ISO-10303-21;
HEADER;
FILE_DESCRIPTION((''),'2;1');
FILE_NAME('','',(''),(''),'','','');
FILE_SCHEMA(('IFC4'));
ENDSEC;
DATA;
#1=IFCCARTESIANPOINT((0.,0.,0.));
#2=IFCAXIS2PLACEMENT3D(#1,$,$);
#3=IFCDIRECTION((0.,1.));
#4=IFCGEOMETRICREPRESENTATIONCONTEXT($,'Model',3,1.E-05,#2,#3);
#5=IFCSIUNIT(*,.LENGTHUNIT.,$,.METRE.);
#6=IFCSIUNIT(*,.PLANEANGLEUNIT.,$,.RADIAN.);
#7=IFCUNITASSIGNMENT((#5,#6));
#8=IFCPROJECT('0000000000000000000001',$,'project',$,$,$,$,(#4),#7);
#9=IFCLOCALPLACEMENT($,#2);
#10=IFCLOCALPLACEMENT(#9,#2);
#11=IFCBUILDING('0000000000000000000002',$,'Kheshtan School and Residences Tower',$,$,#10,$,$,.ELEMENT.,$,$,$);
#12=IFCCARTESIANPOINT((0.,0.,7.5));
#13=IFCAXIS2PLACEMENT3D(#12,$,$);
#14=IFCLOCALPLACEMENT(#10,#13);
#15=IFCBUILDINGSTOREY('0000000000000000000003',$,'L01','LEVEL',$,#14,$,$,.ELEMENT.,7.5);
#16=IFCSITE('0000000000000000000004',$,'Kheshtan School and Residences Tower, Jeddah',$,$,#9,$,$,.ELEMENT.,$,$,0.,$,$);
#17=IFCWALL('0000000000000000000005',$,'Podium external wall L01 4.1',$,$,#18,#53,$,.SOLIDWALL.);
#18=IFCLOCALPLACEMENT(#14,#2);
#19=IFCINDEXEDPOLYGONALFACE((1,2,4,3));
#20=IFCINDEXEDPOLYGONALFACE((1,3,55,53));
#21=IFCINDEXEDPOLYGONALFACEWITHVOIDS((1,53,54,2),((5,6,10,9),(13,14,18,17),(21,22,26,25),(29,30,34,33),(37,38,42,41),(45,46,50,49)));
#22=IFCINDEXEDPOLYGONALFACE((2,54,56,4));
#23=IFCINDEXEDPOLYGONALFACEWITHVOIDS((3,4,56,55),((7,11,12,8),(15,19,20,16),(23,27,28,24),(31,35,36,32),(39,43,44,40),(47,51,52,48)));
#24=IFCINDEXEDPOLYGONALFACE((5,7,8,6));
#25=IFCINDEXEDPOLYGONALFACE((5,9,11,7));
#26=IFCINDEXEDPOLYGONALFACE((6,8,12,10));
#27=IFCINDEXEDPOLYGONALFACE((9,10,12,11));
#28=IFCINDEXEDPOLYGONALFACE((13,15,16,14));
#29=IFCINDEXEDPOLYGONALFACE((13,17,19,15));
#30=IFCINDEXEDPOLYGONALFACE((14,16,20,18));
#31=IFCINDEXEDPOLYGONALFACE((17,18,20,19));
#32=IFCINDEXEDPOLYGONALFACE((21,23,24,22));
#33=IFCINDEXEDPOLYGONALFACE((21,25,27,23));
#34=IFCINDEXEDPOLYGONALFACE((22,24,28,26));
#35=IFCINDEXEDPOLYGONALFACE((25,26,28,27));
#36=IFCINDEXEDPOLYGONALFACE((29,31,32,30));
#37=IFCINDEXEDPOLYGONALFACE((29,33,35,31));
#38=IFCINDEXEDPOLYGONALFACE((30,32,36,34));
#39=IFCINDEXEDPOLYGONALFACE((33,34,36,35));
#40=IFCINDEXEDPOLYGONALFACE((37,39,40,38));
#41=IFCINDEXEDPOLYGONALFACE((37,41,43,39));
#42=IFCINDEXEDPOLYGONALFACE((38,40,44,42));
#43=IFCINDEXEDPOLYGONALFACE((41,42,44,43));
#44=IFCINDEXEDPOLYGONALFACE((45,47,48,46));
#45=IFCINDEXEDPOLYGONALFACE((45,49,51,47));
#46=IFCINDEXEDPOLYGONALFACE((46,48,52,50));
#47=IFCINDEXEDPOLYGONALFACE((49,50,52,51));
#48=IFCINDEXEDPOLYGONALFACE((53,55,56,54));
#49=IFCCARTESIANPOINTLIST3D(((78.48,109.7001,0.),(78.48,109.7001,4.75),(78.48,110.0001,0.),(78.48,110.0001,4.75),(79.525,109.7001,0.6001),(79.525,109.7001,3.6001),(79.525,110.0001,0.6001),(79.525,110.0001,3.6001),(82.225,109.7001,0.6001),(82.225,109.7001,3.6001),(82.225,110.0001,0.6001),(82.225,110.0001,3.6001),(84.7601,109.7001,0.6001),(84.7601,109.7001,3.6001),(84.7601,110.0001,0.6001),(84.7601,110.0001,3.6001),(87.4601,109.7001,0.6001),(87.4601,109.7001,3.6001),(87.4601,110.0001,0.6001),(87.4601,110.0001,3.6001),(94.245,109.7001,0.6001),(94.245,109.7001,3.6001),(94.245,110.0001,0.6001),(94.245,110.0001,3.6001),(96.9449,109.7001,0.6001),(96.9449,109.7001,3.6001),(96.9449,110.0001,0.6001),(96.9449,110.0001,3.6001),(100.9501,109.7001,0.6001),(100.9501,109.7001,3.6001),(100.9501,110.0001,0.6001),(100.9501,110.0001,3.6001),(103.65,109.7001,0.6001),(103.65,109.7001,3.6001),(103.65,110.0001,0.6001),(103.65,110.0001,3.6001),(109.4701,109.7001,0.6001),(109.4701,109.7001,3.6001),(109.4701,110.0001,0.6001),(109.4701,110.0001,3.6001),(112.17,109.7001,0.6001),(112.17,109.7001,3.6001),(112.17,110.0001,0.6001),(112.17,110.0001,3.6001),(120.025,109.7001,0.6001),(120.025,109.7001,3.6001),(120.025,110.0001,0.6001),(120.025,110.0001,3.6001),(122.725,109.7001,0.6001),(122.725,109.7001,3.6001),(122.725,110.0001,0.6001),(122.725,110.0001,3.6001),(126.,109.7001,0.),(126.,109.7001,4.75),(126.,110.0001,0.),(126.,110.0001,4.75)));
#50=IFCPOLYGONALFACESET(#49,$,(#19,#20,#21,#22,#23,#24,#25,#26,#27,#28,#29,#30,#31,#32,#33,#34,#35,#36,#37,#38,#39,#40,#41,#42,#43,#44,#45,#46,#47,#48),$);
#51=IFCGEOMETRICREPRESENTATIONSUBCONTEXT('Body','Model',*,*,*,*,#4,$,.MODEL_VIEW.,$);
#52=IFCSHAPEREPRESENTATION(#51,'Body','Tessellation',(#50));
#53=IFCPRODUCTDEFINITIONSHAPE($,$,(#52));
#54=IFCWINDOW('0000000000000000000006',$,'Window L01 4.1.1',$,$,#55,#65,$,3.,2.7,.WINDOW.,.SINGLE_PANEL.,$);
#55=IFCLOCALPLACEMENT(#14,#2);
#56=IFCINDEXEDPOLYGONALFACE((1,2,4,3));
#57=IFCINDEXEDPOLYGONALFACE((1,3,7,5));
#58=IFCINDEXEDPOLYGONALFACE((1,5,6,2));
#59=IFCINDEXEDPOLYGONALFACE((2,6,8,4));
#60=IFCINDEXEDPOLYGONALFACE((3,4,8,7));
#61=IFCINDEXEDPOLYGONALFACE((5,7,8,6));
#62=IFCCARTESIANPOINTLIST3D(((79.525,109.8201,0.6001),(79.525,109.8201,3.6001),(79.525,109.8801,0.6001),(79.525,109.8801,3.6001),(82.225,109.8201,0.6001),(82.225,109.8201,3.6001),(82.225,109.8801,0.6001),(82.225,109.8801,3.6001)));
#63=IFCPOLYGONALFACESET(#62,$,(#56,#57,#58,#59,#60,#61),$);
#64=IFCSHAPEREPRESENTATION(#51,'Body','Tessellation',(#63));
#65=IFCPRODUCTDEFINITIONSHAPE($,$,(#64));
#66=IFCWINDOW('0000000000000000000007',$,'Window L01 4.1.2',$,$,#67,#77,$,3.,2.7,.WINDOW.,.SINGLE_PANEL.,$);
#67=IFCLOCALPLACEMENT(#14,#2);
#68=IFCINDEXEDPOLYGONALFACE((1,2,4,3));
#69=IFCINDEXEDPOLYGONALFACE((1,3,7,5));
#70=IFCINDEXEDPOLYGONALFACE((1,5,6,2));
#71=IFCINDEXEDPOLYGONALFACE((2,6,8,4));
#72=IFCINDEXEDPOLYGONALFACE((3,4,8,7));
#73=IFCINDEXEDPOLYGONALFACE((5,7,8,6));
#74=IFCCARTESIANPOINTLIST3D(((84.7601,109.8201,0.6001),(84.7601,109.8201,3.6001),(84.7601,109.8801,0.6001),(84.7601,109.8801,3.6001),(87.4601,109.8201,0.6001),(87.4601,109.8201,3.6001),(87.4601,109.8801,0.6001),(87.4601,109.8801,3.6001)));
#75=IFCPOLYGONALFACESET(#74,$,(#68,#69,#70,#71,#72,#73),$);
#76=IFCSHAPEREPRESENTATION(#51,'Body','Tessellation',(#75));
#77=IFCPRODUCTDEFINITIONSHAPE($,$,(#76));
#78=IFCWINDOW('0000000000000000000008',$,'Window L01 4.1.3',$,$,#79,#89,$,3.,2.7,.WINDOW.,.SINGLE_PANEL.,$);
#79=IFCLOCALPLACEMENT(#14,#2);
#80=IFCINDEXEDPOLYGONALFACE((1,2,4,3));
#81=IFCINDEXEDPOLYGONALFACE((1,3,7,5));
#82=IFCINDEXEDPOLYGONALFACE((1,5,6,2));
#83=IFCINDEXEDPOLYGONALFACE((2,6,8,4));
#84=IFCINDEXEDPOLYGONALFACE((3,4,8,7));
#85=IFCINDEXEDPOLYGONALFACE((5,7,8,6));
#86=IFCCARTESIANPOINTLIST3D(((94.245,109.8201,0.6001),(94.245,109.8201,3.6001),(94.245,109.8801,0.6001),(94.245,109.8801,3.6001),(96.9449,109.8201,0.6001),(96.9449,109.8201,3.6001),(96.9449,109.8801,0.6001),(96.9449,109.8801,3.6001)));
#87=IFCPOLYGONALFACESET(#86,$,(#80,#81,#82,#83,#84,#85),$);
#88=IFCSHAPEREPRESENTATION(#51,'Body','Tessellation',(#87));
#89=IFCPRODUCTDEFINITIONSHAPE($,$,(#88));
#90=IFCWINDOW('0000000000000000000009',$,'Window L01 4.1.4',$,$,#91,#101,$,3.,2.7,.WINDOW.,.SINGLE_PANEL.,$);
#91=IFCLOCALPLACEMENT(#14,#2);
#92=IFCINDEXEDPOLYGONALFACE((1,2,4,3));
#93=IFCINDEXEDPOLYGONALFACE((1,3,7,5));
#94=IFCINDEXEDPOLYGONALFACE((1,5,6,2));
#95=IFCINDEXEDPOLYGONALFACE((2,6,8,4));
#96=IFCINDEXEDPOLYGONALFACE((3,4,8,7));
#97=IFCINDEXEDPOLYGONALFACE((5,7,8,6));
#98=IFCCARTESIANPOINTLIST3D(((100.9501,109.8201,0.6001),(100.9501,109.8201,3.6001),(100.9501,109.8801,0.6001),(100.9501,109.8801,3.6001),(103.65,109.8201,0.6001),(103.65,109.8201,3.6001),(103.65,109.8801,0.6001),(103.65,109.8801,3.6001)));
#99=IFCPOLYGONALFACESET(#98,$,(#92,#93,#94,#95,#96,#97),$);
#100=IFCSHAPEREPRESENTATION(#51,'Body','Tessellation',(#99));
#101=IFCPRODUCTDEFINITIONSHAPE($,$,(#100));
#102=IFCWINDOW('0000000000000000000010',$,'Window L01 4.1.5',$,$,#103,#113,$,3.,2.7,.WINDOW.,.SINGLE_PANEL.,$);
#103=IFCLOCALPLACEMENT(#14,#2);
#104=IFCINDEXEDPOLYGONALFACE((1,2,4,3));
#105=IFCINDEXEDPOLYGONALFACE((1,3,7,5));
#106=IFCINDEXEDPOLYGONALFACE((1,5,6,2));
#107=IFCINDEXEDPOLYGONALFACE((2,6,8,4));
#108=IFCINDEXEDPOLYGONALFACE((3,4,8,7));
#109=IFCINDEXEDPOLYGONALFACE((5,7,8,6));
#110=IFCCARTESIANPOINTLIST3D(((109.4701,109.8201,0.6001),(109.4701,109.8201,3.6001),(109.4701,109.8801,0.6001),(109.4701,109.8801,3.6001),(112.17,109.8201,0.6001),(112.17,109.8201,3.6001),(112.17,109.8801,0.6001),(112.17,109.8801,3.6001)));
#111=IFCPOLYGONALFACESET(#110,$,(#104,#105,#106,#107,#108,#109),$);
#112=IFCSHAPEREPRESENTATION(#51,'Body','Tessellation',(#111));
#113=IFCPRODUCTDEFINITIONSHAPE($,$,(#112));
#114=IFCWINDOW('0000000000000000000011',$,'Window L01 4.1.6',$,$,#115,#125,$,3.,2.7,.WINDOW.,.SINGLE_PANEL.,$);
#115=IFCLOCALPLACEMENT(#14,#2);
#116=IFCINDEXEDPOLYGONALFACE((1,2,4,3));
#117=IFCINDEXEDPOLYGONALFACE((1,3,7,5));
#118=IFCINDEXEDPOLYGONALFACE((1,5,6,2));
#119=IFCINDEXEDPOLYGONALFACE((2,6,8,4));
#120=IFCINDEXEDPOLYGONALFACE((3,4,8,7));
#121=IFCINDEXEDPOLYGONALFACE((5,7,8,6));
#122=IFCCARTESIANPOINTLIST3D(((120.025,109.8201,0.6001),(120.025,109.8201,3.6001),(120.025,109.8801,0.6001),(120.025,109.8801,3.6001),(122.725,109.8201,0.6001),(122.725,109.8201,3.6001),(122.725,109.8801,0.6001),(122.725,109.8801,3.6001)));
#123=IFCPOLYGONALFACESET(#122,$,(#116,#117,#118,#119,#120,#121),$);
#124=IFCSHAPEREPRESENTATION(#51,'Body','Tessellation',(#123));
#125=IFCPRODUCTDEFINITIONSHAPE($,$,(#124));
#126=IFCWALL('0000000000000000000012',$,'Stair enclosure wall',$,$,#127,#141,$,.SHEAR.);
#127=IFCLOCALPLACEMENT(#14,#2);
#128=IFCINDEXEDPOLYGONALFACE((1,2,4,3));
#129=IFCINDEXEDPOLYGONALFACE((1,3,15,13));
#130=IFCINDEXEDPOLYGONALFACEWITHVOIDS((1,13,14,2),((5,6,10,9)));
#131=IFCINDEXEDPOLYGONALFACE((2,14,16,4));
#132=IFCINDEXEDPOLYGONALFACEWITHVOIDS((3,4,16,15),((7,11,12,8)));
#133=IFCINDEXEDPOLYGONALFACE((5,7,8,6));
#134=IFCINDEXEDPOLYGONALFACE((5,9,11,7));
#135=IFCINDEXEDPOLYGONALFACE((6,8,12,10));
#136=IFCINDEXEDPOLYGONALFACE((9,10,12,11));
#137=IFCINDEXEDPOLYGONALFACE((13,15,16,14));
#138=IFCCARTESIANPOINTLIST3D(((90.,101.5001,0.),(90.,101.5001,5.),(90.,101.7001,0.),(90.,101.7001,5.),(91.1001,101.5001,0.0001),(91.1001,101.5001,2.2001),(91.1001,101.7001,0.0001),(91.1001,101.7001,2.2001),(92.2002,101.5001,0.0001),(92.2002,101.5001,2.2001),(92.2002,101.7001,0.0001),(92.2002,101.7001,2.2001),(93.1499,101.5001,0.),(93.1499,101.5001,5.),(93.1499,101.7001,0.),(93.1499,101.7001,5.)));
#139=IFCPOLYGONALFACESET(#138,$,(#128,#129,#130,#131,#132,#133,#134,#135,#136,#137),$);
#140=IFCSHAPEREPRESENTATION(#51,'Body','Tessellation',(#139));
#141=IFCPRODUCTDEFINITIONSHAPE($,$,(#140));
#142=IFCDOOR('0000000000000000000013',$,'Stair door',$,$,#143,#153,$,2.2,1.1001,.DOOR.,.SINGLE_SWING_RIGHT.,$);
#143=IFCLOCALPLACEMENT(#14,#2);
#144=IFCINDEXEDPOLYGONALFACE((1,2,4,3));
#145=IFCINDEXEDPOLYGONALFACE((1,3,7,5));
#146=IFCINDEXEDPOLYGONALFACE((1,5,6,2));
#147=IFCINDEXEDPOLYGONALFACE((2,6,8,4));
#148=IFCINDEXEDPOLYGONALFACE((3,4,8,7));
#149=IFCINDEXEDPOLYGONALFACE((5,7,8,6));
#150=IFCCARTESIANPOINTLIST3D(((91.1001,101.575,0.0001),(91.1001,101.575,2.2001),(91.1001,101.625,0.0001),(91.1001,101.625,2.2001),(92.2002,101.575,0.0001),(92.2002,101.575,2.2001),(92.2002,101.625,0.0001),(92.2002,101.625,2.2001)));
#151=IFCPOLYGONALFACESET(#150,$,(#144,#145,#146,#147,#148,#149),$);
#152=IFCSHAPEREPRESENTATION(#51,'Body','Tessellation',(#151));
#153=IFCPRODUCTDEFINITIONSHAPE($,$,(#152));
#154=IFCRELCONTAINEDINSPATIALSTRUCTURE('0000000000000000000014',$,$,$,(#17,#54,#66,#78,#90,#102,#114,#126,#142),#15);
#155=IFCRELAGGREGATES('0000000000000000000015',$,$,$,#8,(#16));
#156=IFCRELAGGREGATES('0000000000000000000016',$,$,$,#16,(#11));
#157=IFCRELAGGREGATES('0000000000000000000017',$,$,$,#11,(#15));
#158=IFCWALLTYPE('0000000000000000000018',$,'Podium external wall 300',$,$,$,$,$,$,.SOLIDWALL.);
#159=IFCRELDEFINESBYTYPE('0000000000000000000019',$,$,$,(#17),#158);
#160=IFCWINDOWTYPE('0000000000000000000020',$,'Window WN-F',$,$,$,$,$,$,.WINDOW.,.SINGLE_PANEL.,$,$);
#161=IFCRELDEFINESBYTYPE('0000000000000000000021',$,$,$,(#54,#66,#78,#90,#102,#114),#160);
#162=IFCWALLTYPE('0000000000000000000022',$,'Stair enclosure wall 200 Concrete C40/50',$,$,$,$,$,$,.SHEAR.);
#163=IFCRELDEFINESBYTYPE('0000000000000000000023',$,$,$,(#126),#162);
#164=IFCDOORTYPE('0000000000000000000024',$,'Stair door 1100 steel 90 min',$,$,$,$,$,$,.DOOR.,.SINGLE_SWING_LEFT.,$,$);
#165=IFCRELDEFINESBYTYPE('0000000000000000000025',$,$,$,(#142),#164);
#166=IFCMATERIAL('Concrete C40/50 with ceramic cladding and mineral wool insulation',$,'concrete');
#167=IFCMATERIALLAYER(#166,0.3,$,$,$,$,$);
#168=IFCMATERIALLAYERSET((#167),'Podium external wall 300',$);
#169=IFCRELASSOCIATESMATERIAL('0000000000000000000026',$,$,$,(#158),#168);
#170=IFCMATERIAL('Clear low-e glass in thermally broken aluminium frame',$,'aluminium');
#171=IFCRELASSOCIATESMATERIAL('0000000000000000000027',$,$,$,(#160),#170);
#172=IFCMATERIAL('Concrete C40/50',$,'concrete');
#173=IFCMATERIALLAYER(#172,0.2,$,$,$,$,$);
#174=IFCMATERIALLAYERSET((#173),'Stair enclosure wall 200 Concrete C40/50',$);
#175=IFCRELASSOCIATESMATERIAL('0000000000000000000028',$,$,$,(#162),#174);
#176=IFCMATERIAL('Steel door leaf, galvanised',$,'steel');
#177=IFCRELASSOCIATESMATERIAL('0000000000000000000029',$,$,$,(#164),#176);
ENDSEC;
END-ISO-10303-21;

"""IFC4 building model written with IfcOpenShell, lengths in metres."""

from ifc_helpers import new_model, si_unit, direction, frame, frame_2d, origin, place, context, subcontext, project, spatial, rectangle, extrude, source, transform, mapped, material, layer, layer_set, type_object, element, fill, save


model = new_model("IFC4")

# Units and contexts
model_context = context("Model", 3, precision=1e-05, world=origin(), true_north=direction((0.0, 1.0)))
body_context = subcontext(model_context, "Body", "Model", "MODEL_VIEW")
ifc_project = project(units=[si_unit("LENGTHUNIT", "METRE"), si_unit("PLANEANGLEUNIT", "RADIAN")], contexts=[model_context])

# Site, building, storey
site_placement = place(None, origin())
site = spatial("IfcSite", under=ifc_project, at=site_placement, Name="Kheshtan School and Residences Tower, Jeddah", CompositionType="ELEMENT", RefElevation=0.0)
building_placement = place(site_placement, origin())
building = spatial("IfcBuilding", under=site, at=building_placement, Name="Kheshtan School and Residences Tower", CompositionType="ELEMENT")
storey_placement = place(building_placement, frame((0.0, 0.0, 7.5)))
storey = spatial("IfcBuildingStorey", under=building, at=storey_placement, Name="L01", Description="LEVEL", CompositionType="ELEMENT", Elevation=7.5)

# Shared definitions
ifc_material_1 = material(Name="Clear low-e glass in thermally broken aluminium frame", Category="aluminium")

# Wall, openings, windows
ifc_material_2 = material(Name="Concrete C40/50 with ceramic cladding and mineral wool insulation", Category="concrete")
ifc_layer_1 = layer(ifc_material_2, 0.3)
ifc_layer_set_1 = layer_set([ifc_layer_1], Name="Podium external wall 300")
wall_type_1 = type_object("IfcWallType", Name="Podium external wall 300", PredefinedType="SOLIDWALL", material=ifc_layer_set_1)
wall_1_placement = place(storey_placement, frame((78.48, 109.8501, 0.0), z_axis=(0.0, 0.0, 1.0), x_axis=(1.0, 0.0, 0.0)))
wall_1 = element("IfcWall", 1, at=wall_1_placement, inside=storey, type_object=wall_type_1, Name="Podium external wall L01 4.1", PredefinedType="SOLIDWALL", context=body_context, shape_type="SweptSolid", body=[
    extrude(rectangle(XDim=47.52, YDim=0.3, at=frame_2d((23.76, 0.0))), origin(), (0.0, 0.0, 1.0), 4.75),
])
opening_1_placement = place(wall_1_placement, frame((1.0449, 0.0, 0.6001)))
opening_1 = element("IfcOpeningElement", 2, at=opening_1_placement, cuts=wall_1, PredefinedType="OPENING", context=body_context, shape_type="SweptSolid", body=[
    extrude(rectangle(XDim=2.7, YDim=3.0, at=frame_2d((1.3501, 1.5))), frame((0.0, 0.1602, 0.0), z_axis=(0.0, -1.0, 0.0), x_axis=(1.0, 0.0, 0.0)), (0.0, 0.0, 1.0), 0.3201),
])
opening_2_placement = place(wall_1_placement, frame((6.28, 0.0, 0.6001)))
opening_2 = element("IfcOpeningElement", 3, at=opening_2_placement, cuts=wall_1, PredefinedType="OPENING", context=body_context, shape_type="SweptSolid", body=[
    extrude(rectangle(XDim=2.7, YDim=3.0, at=frame_2d((1.3501, 1.5))), frame((0.0, 0.1602, 0.0), z_axis=(0.0, -1.0, 0.0), x_axis=(1.0, 0.0, 0.0)), (0.0, 0.0, 1.0), 0.3201),
])
opening_3_placement = place(wall_1_placement, frame((15.7649, 0.0, 0.6001)))
opening_3 = element("IfcOpeningElement", 4, at=opening_3_placement, cuts=wall_1, PredefinedType="OPENING", context=body_context, shape_type="SweptSolid", body=[
    extrude(rectangle(XDim=2.7, YDim=3.0, at=frame_2d((1.3501, 1.5))), frame((0.0, 0.1602, 0.0), z_axis=(0.0, -1.0, 0.0), x_axis=(1.0, 0.0, 0.0)), (0.0, 0.0, 1.0), 0.3201),
])
opening_4_placement = place(wall_1_placement, frame((22.47, 0.0, 0.6001)))
opening_4 = element("IfcOpeningElement", 5, at=opening_4_placement, cuts=wall_1, PredefinedType="OPENING", context=body_context, shape_type="SweptSolid", body=[
    extrude(rectangle(XDim=2.7, YDim=3.0, at=frame_2d((1.3501, 1.5))), frame((0.0, 0.1602, 0.0), z_axis=(0.0, -1.0, 0.0), x_axis=(1.0, 0.0, 0.0)), (0.0, 0.0, 1.0), 0.3201),
])
opening_5_placement = place(wall_1_placement, frame((30.99, 0.0, 0.6001)))
opening_5 = element("IfcOpeningElement", 6, at=opening_5_placement, cuts=wall_1, PredefinedType="OPENING", context=body_context, shape_type="SweptSolid", body=[
    extrude(rectangle(XDim=2.7, YDim=3.0, at=frame_2d((1.3501, 1.5))), frame((0.0, 0.1602, 0.0), z_axis=(0.0, -1.0, 0.0), x_axis=(1.0, 0.0, 0.0)), (0.0, 0.0, 1.0), 0.3201),
])
opening_6_placement = place(wall_1_placement, frame((41.5449, 0.0, 0.6001)))
opening_6 = element("IfcOpeningElement", 7, at=opening_6_placement, cuts=wall_1, PredefinedType="OPENING", context=body_context, shape_type="SweptSolid", body=[
    extrude(rectangle(XDim=2.7, YDim=3.0, at=frame_2d((1.3501, 1.5))), frame((0.0, 0.1602, 0.0), z_axis=(0.0, -1.0, 0.0), x_axis=(1.0, 0.0, 0.0)), (0.0, 0.0, 1.0), 0.3201),
])
window_type = type_object("IfcWindowType", Name="Window WN-F", PartitioningType="SINGLE_PANEL", PredefinedType="WINDOW", material=ifc_material_1)
shared_shape_1 = source(origin(), body_context, "Body", "SweptSolid", [
    extrude(rectangle(XDim=2.7, YDim=3.0, at=frame_2d((1.3501, 1.5))), frame((0.0, 0.03, 0.0), z_axis=(0.0, -1.0, 0.0), x_axis=(1.0, 0.0, 0.0)), (0.0, 0.0, 1.0), 0.0601),
])
window_1_placement = place(opening_1_placement, origin())
window_1 = element("IfcWindow", 8, at=window_1_placement, inside=storey, type_object=window_type, Name="Window L01 4.1.1", OverallHeight=3.0, OverallWidth=2.7, PartitioningType="SINGLE_PANEL", PredefinedType="WINDOW", context=body_context, shape_type="MappedRepresentation", body=[
    mapped(shared_shape_1, transform((0.0, 0.0, 0.0), x_axis=(1.0, 0.0, 0.0), y_axis=(0.0, 1.0, 0.0), z_axis=(0.0, 0.0, 1.0), scale=1.0)),
])
fill(opening_1, window_1)
window_2_placement = place(opening_2_placement, origin())
window_2 = element("IfcWindow", 9, at=window_2_placement, inside=storey, type_object=window_type, Name="Window L01 4.1.2", OverallHeight=3.0, OverallWidth=2.7, PartitioningType="SINGLE_PANEL", PredefinedType="WINDOW", context=body_context, shape_type="MappedRepresentation", body=[
    mapped(shared_shape_1, transform((0.0, 0.0, 0.0), x_axis=(1.0, 0.0, 0.0), y_axis=(0.0, 1.0, 0.0), z_axis=(0.0, 0.0, 1.0), scale=1.0)),
])
fill(opening_2, window_2)
window_3_placement = place(opening_3_placement, origin())
window_3 = element("IfcWindow", 10, at=window_3_placement, inside=storey, type_object=window_type, Name="Window L01 4.1.3", OverallHeight=3.0, OverallWidth=2.7, PartitioningType="SINGLE_PANEL", PredefinedType="WINDOW", context=body_context, shape_type="MappedRepresentation", body=[
    mapped(shared_shape_1, transform((0.0, 0.0, 0.0), x_axis=(1.0, 0.0, 0.0), y_axis=(0.0, 1.0, 0.0), z_axis=(0.0, 0.0, 1.0), scale=1.0)),
])
fill(opening_3, window_3)
window_4_placement = place(opening_4_placement, origin())
window_4 = element("IfcWindow", 11, at=window_4_placement, inside=storey, type_object=window_type, Name="Window L01 4.1.4", OverallHeight=3.0, OverallWidth=2.7, PartitioningType="SINGLE_PANEL", PredefinedType="WINDOW", context=body_context, shape_type="MappedRepresentation", body=[
    mapped(shared_shape_1, transform((0.0, 0.0, 0.0), x_axis=(1.0, 0.0, 0.0), y_axis=(0.0, 1.0, 0.0), z_axis=(0.0, 0.0, 1.0), scale=1.0)),
])
fill(opening_4, window_4)
window_5_placement = place(opening_5_placement, origin())
window_5 = element("IfcWindow", 12, at=window_5_placement, inside=storey, type_object=window_type, Name="Window L01 4.1.5", OverallHeight=3.0, OverallWidth=2.7, PartitioningType="SINGLE_PANEL", PredefinedType="WINDOW", context=body_context, shape_type="MappedRepresentation", body=[
    mapped(shared_shape_1, transform((0.0, 0.0, 0.0), x_axis=(1.0, 0.0, 0.0), y_axis=(0.0, 1.0, 0.0), z_axis=(0.0, 0.0, 1.0), scale=1.0)),
])
fill(opening_5, window_5)
window_6_placement = place(opening_6_placement, origin())
window_6 = element("IfcWindow", 13, at=window_6_placement, inside=storey, type_object=window_type, Name="Window L01 4.1.6", OverallHeight=3.0, OverallWidth=2.7, PartitioningType="SINGLE_PANEL", PredefinedType="WINDOW", context=body_context, shape_type="MappedRepresentation", body=[
    mapped(shared_shape_1, transform((0.0, 0.0, 0.0), x_axis=(1.0, 0.0, 0.0), y_axis=(0.0, 1.0, 0.0), z_axis=(0.0, 0.0, 1.0), scale=1.0)),
])
fill(opening_6, window_6)

# Wall, opening, door
ifc_material_3 = material(Name="Concrete C40/50", Category="concrete")
ifc_layer_2 = layer(ifc_material_3, 0.2)
ifc_layer_set_2 = layer_set([ifc_layer_2], Name="Stair enclosure wall 200 Concrete C40/50")
wall_type_2 = type_object("IfcWallType", Name="Stair enclosure wall 200 Concrete C40/50", PredefinedType="SHEAR", material=ifc_layer_set_2)
wall_2_placement = place(storey_placement, frame((90.0, 101.6001, 0.0), z_axis=(0.0, 0.0, 1.0), x_axis=(1.0, 0.0, 0.0)))
wall_2 = element("IfcWall", 14, at=wall_2_placement, inside=storey, type_object=wall_type_2, Name="Stair enclosure wall", PredefinedType="SHEAR", context=body_context, shape_type="SweptSolid", body=[
    extrude(rectangle(XDim=3.1499, YDim=0.2, at=frame_2d((1.575, 0.0))), origin(), (0.0, 0.0, 1.0), 5.0),
])
opening_7_placement = place(wall_2_placement, frame((1.1001, 0.0, 0.0)))
opening_7 = element("IfcOpeningElement", 15, at=opening_7_placement, cuts=wall_2, PredefinedType="OPENING", context=body_context, shape_type="SweptSolid", body=[
    extrude(rectangle(XDim=1.1001, YDim=2.2, at=frame_2d((0.55, 1.1001))), frame((0.0, 0.1099, 0.0), z_axis=(0.0, -1.0, 0.0), x_axis=(1.0, 0.0, 0.0)), (0.0, 0.0, 1.0), 0.22),
])
ifc_material_4 = material(Name="Steel door leaf, galvanised", Category="steel")
door_type = type_object("IfcDoorType", Name="Stair door 1100 steel 90 min", OperationType="SINGLE_SWING_LEFT", PredefinedType="DOOR", material=ifc_material_4)
shared_shape_2 = source(origin(), body_context, "Body", "SweptSolid", [
    extrude(rectangle(XDim=1.1001, YDim=2.2, at=frame_2d((0.55, 1.1001))), frame((0.0, 0.0249, 0.0), z_axis=(0.0, -1.0, 0.0), x_axis=(1.0, 0.0, 0.0)), (0.0, 0.0, 1.0), 0.05),
])
door_placement = place(opening_7_placement, origin())
door = element("IfcDoor", 16, at=door_placement, inside=storey, type_object=door_type, Name="Stair door", OperationType="SINGLE_SWING_RIGHT", OverallHeight=2.2, OverallWidth=1.1001, PredefinedType="DOOR", context=body_context, shape_type="MappedRepresentation", body=[
    mapped(shared_shape_2, transform((0.0, 0.0, 0.0), x_axis=(1.0, 0.0, 0.0), y_axis=(0.0, 1.0, 0.0), z_axis=(0.0, 0.0, 1.0), scale=1.0)),
])
fill(opening_7, door)

save(model, "model.ifc")
